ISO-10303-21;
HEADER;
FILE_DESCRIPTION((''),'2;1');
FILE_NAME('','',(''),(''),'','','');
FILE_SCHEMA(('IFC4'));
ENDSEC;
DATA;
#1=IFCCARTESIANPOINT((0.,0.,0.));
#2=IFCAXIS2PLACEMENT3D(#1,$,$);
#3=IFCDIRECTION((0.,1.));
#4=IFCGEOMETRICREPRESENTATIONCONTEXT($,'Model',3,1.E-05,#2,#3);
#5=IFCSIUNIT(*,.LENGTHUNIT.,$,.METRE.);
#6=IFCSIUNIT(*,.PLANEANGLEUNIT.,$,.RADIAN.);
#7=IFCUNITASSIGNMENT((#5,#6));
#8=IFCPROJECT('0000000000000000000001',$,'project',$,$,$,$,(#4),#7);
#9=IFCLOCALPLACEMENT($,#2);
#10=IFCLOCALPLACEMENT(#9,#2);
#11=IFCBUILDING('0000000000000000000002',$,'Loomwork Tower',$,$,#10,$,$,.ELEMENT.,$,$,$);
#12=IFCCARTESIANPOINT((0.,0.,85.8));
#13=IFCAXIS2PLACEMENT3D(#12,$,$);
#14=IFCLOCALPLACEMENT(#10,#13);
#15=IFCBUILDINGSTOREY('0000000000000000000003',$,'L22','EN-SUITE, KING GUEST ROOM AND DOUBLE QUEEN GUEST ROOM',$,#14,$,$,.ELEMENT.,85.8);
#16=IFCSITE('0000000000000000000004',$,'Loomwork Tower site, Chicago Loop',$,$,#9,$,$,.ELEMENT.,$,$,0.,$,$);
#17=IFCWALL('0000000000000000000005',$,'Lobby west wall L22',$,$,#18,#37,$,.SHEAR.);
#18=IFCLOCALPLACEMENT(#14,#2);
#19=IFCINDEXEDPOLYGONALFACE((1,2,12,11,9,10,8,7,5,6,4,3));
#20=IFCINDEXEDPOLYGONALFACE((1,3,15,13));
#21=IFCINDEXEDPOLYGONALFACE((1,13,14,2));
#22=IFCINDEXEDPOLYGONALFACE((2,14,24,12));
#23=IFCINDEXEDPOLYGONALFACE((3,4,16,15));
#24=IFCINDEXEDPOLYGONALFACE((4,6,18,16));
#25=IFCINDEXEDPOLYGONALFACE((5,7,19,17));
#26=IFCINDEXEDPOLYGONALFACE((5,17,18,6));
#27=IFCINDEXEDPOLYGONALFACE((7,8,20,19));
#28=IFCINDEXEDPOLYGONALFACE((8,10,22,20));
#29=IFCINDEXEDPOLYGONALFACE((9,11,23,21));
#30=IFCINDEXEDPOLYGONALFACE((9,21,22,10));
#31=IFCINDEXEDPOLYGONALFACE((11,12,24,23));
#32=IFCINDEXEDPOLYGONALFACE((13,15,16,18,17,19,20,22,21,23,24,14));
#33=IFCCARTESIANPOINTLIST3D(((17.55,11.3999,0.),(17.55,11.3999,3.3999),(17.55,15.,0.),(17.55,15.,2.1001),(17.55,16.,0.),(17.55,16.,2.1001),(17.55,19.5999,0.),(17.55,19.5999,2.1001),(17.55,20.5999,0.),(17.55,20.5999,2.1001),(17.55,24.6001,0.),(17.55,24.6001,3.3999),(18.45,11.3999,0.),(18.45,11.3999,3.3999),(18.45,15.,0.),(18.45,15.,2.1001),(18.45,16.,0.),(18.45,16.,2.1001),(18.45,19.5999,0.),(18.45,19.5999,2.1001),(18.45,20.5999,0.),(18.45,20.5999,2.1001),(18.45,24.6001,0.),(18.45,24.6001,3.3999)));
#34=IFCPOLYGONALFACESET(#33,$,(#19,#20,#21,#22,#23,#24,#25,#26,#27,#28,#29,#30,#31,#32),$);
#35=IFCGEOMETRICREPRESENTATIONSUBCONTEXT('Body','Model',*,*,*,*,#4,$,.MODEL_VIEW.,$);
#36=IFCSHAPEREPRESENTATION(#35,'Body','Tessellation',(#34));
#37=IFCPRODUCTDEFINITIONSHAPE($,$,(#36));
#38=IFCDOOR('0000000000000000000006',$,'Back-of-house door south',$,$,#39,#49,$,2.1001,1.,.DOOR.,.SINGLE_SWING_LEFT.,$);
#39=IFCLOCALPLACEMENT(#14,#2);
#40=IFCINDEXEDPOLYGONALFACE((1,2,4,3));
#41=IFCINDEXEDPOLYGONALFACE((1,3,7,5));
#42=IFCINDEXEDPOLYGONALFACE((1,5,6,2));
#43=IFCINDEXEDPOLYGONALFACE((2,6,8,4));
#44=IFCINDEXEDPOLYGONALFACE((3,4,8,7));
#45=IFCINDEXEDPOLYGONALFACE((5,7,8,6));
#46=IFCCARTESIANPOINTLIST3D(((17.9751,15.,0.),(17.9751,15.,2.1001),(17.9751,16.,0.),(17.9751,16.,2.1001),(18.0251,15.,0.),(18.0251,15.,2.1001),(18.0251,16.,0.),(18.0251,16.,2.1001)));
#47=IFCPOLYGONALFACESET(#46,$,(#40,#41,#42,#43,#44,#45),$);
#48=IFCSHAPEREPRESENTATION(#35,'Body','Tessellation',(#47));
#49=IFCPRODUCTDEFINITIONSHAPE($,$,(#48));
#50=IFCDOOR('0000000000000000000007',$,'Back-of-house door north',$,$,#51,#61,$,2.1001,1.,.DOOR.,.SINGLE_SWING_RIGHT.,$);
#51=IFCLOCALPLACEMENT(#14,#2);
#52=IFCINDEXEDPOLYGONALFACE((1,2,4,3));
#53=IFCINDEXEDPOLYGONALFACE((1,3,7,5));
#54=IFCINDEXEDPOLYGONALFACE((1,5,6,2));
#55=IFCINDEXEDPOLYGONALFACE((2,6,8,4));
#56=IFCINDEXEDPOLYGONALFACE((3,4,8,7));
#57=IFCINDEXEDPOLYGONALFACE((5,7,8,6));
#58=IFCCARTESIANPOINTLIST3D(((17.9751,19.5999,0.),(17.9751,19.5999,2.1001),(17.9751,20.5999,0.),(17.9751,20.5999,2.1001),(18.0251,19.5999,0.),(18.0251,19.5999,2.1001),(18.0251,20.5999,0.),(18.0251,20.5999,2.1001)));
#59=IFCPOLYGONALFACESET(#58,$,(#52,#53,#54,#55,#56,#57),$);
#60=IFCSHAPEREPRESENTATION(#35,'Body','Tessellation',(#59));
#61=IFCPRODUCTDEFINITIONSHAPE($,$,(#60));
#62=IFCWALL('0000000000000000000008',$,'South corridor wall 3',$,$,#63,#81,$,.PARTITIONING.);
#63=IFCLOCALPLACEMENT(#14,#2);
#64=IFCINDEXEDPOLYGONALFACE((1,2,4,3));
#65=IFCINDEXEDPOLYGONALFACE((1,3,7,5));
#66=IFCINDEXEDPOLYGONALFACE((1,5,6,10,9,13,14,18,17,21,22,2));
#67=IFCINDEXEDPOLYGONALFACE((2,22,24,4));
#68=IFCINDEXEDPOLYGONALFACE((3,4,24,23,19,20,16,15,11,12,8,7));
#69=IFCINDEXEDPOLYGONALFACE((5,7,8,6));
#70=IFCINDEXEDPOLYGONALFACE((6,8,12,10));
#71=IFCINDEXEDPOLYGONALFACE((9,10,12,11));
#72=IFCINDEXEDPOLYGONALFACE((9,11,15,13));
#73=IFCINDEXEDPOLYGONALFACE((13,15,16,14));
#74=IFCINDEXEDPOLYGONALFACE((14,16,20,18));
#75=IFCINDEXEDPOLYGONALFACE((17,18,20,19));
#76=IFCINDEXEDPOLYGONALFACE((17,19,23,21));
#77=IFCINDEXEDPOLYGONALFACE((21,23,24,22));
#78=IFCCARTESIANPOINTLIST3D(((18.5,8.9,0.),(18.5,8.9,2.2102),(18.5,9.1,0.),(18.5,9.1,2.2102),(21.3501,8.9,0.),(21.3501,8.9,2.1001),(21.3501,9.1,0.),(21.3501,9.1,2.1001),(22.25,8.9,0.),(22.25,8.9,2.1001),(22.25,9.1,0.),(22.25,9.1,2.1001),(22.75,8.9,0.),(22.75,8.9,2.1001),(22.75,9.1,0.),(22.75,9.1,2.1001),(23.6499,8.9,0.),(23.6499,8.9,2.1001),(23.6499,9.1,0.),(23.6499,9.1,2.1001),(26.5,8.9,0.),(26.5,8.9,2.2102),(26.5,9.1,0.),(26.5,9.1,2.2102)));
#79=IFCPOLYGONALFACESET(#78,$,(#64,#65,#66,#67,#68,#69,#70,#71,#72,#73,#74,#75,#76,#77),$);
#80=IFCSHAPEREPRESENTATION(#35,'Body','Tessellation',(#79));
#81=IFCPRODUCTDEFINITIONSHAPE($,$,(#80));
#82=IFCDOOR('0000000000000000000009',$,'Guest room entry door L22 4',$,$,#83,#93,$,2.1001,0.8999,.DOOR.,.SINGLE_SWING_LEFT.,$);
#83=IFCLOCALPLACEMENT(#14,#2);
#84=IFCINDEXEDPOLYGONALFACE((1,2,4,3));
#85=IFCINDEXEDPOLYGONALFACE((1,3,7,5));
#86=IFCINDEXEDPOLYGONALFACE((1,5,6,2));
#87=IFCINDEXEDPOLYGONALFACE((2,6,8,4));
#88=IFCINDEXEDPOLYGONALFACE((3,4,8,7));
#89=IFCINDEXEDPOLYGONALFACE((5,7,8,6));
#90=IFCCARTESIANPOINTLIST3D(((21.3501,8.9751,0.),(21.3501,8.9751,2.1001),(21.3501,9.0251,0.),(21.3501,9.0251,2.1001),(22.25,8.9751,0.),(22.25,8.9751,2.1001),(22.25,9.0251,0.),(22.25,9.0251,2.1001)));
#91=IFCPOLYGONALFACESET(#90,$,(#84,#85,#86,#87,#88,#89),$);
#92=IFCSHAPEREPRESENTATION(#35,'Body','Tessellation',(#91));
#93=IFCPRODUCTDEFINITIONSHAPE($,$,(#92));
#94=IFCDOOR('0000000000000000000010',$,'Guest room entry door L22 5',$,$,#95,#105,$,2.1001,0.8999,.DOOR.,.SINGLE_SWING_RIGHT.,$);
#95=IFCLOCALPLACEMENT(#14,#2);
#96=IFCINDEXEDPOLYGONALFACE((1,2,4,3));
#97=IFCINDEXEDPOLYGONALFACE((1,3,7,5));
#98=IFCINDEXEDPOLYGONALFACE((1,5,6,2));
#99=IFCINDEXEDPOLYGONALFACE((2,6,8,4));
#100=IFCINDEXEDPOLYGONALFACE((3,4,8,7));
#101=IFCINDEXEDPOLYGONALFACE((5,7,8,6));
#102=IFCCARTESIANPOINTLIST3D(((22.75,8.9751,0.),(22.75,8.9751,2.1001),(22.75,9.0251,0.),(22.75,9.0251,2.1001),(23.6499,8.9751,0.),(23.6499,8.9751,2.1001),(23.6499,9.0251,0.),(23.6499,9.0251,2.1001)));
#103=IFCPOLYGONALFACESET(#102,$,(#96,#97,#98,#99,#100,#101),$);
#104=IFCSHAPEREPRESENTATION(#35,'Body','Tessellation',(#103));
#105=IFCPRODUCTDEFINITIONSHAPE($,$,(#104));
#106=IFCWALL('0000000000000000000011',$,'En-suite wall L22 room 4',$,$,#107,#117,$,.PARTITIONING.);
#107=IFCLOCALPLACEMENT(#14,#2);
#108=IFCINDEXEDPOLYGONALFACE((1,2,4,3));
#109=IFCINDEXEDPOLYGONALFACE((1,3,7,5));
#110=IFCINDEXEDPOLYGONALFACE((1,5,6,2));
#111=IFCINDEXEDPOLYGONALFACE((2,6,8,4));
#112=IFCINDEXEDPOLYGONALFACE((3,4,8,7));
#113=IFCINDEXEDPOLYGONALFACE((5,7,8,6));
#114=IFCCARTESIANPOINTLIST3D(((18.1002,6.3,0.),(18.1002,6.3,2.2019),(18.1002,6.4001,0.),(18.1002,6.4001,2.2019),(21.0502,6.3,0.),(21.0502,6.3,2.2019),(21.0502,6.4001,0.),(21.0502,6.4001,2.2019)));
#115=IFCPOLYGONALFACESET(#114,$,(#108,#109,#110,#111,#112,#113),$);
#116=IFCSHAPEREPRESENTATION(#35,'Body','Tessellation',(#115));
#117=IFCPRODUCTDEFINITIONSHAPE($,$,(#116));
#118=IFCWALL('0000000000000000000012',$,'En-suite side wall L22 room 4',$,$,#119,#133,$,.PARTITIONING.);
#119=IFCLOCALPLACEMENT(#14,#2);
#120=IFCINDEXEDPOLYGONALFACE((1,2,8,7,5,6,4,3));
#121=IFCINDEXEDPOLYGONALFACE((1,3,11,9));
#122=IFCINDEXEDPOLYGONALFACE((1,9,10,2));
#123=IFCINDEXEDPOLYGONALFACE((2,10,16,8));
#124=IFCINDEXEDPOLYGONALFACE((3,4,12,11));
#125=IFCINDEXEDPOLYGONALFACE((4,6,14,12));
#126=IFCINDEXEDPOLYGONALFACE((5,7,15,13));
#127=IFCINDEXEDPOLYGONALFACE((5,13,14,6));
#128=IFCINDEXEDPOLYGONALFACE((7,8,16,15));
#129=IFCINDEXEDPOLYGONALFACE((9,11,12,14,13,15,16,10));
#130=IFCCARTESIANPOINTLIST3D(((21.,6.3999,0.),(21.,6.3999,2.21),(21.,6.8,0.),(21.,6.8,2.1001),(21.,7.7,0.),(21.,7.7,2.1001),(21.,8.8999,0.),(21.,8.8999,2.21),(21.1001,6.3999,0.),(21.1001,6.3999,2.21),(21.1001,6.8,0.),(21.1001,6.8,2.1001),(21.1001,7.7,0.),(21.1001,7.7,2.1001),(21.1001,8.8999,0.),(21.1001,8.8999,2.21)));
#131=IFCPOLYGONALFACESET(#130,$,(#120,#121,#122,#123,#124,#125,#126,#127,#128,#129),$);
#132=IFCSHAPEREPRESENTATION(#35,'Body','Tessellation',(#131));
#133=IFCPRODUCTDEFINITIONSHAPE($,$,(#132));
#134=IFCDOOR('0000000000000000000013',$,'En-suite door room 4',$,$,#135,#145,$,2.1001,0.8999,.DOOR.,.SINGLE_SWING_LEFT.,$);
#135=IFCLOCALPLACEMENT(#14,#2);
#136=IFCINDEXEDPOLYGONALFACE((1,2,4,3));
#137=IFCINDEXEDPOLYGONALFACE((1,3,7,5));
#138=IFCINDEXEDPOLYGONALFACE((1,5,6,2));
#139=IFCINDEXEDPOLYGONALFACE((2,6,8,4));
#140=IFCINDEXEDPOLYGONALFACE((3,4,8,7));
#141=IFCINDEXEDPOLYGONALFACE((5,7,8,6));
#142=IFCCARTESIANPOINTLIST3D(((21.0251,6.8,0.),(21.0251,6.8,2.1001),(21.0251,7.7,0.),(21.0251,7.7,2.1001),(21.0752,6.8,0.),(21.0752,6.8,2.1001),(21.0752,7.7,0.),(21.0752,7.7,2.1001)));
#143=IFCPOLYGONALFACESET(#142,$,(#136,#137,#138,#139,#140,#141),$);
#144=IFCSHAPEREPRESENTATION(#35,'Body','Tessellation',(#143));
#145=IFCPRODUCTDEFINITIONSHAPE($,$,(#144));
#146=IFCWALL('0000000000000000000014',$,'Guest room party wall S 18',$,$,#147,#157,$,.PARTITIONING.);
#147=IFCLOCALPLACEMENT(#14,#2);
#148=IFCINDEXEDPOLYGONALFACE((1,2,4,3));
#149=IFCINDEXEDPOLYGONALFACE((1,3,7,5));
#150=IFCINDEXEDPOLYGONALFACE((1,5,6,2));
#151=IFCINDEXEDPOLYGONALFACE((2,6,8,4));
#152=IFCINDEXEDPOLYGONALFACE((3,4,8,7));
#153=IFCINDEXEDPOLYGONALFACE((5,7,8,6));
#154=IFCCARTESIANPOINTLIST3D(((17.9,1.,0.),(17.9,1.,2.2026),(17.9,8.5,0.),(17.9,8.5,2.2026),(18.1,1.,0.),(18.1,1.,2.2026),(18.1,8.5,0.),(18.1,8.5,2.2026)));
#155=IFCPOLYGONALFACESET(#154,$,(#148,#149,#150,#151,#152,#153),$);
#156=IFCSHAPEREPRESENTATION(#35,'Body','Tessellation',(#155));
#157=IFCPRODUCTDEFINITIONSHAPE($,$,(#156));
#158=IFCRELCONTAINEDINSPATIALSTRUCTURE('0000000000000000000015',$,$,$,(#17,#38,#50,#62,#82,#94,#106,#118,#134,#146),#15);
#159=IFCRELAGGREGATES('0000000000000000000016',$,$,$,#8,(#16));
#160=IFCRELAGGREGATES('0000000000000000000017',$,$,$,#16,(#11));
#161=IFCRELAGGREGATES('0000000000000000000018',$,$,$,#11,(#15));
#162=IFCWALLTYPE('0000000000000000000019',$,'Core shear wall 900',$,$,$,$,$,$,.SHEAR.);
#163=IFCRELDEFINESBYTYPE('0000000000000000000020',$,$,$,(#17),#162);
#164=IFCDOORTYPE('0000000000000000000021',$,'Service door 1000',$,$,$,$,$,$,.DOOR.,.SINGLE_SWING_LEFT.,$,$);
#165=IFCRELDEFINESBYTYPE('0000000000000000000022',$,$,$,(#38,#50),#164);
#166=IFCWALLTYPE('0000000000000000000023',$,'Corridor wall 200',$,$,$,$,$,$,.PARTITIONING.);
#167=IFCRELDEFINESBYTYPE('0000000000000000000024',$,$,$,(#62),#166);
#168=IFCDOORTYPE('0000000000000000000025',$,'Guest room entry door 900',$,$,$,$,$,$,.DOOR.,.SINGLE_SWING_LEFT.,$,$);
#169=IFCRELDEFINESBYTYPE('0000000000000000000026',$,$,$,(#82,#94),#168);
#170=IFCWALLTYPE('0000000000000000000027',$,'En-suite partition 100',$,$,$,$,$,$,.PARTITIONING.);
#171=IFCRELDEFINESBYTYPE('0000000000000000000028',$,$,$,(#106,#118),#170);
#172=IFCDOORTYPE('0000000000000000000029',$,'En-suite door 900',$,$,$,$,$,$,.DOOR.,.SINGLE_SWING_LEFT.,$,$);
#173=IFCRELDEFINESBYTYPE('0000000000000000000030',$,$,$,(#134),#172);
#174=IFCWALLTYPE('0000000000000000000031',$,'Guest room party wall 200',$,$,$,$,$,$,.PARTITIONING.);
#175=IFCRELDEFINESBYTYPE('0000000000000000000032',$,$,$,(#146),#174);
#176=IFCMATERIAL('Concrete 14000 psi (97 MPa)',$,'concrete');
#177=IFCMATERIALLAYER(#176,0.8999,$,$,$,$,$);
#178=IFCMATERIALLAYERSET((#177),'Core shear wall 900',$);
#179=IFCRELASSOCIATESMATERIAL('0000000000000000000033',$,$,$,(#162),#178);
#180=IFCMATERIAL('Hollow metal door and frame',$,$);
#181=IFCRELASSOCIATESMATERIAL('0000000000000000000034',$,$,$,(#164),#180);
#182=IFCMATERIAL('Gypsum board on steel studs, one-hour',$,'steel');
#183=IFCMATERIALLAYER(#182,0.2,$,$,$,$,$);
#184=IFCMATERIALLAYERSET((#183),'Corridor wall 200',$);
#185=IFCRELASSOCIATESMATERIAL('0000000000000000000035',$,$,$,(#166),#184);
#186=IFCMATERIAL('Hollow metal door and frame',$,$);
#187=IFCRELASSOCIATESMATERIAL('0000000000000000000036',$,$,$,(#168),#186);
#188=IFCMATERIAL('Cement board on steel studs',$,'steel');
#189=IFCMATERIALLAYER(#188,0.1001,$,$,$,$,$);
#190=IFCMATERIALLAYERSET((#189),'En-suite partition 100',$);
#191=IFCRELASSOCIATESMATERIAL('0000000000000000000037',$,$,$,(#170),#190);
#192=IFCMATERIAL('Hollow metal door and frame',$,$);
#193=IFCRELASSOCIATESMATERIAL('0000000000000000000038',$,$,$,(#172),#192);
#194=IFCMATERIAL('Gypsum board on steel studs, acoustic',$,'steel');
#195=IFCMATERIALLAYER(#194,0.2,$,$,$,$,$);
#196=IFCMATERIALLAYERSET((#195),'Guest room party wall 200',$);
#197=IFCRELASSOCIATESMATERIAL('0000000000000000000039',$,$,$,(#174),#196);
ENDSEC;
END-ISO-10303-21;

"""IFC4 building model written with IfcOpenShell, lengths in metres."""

from ifc_helpers import new_model, si_unit, direction, frame, frame_2d, origin, place, context, subcontext, project, spatial, rectangle, extrude, material, layer, layer_set, type_object, element, fill, save


model = new_model("IFC4")

# Units and contexts
model_context = context("Model", 3, precision=1e-05, world=origin(), true_north=direction((0.0, 1.0)))
body_context = subcontext(model_context, "Body", "Model", "MODEL_VIEW")
ifc_project = project(units=[si_unit("LENGTHUNIT", "METRE"), si_unit("PLANEANGLEUNIT", "RADIAN")], contexts=[model_context])

# Site, building, storey
site_placement = place(None, origin())
site = spatial("IfcSite", under=ifc_project, at=site_placement, Name="Loomwork Tower site, Chicago Loop", CompositionType="ELEMENT", RefElevation=0.0)
building_placement = place(site_placement, origin())
building = spatial("IfcBuilding", under=site, at=building_placement, Name="Loomwork Tower", CompositionType="ELEMENT")
storey_placement = place(building_placement, frame((0.0, 0.0, 85.8)))
storey = spatial("IfcBuildingStorey", under=building, at=storey_placement, Name="L22", Description="EN-SUITE, KING GUEST ROOM AND DOUBLE QUEEN GUEST ROOM", CompositionType="ELEMENT", Elevation=85.8)

# Walls, openings, doors
ifc_material_1 = material(Name="Concrete 14000 psi (97 MPa)", Category="concrete")
ifc_layer_1 = layer(ifc_material_1, 0.8999)
ifc_layer_set_1 = layer_set([ifc_layer_1], Name="Core shear wall 900")
wall_type_1 = type_object("IfcWallType", Name="Core shear wall 900", PredefinedType="SHEAR", material=ifc_layer_set_1)
wall_1_placement = place(storey_placement, frame((18.0, 11.3999, 0.0), z_axis=(0.0, 0.0, 1.0), x_axis=(0.0, 1.0, 0.0)))
wall_1 = element("IfcWall", 1, at=wall_1_placement, inside=storey, type_object=wall_type_1, Name="Lobby west wall L22", PredefinedType="SHEAR", context=body_context, shape_type="SweptSolid", body=[
    extrude(rectangle(XDim=13.2002, YDim=0.8999, at=frame_2d((6.6001, 0.0))), origin(), (0.0, 0.0, 1.0), 3.3999),
])
opening_1_placement = place(wall_1_placement, frame((3.6001, 0.0, 0.0)))
opening_1 = element("IfcOpeningElement", 2, at=opening_1_placement, cuts=wall_1, PredefinedType="OPENING", context=body_context, shape_type="SweptSolid", body=[
    extrude(rectangle(XDim=1.0, YDim=2.1001, at=frame_2d((0.5, 1.05))), frame((0.0, 0.46, 0.0), z_axis=(0.0, -1.0, 0.0), x_axis=(1.0, 0.0, 0.0)), (0.0, 0.0, 1.0), 0.9199),
])
opening_2_placement = place(wall_1_placement, frame((8.2, 0.0, 0.0)))
opening_2 = element("IfcOpeningElement", 3, at=opening_2_placement, cuts=wall_1, PredefinedType="OPENING", context=body_context, shape_type="SweptSolid", body=[
    extrude(rectangle(XDim=1.0, YDim=2.1001, at=frame_2d((0.5, 1.05))), frame((0.0, 0.46, 0.0), z_axis=(0.0, -1.0, 0.0), x_axis=(1.0, 0.0, 0.0)), (0.0, 0.0, 1.0), 0.9199),
])
ifc_material_2 = material(Name="Hollow metal door and frame")
door_type_1 = type_object("IfcDoorType", Name="Service door 1000", OperationType="SINGLE_SWING_LEFT", PredefinedType="DOOR", material=ifc_material_2)
door_1_placement = place(opening_1_placement, origin())
door_1 = element("IfcDoor", 4, at=door_1_placement, inside=storey, type_object=door_type_1, Name="Back-of-house door south", OperationType="SINGLE_SWING_LEFT", OverallHeight=2.1001, OverallWidth=1.0, PredefinedType="DOOR", context=body_context, shape_type="SweptSolid", body=[
    extrude(rectangle(XDim=1.0, YDim=2.1001, at=frame_2d((0.5, 1.05))), frame((0.0, 0.0249, 0.0), z_axis=(0.0, -1.0, 0.0), x_axis=(1.0, 0.0, 0.0)), (0.0, 0.0, 1.0), 0.05),
])
fill(opening_1, door_1)
door_2_placement = place(opening_2_placement, origin())
door_2 = element("IfcDoor", 5, at=door_2_placement, inside=storey, type_object=door_type_1, Name="Back-of-house door north", OperationType="SINGLE_SWING_RIGHT", OverallHeight=2.1001, OverallWidth=1.0, PredefinedType="DOOR", context=body_context, shape_type="SweptSolid", body=[
    extrude(rectangle(XDim=1.0, YDim=2.1001, at=frame_2d((0.5, 1.05))), frame((0.0, 0.0249, 0.0), z_axis=(0.0, -1.0, 0.0), x_axis=(1.0, 0.0, 0.0)), (0.0, 0.0, 1.0), 0.05),
])
fill(opening_2, door_2)
ifc_material_3 = material(Name="Gypsum board on steel studs, one-hour", Category="steel")
ifc_layer_2 = layer(ifc_material_3, 0.2)
ifc_layer_set_2 = layer_set([ifc_layer_2], Name="Corridor wall 200")
wall_type_2 = type_object("IfcWallType", Name="Corridor wall 200", PredefinedType="PARTITIONING", material=ifc_layer_set_2)
wall_2_placement = place(storey_placement, frame((18.5, 9.0, 0.0), z_axis=(0.0, 0.0, 1.0), x_axis=(1.0, 0.0, 0.0)))
wall_2 = element("IfcWall", 6, at=wall_2_placement, inside=storey, type_object=wall_type_2, Name="South corridor wall 3", PredefinedType="PARTITIONING", context=body_context, shape_type="SweptSolid", body=[
    extrude(rectangle(XDim=8.0, YDim=0.2, at=frame_2d((4.0, 0.0))), origin(), (0.0, 0.0, 1.0), 2.2102),
])
opening_3_placement = place(wall_2_placement, frame((2.8501, 0.0, 0.0)))
opening_3 = element("IfcOpeningElement", 7, at=opening_3_placement, cuts=wall_2, PredefinedType="OPENING", context=body_context, shape_type="SweptSolid", body=[
    extrude(rectangle(XDim=0.8999, YDim=2.1001, at=frame_2d((0.45, 1.05))), frame((0.0, 0.1099, 0.0), z_axis=(0.0, -1.0, 0.0), x_axis=(1.0, 0.0, 0.0)), (0.0, 0.0, 1.0), 0.22),
])
opening_4_placement = place(wall_2_placement, frame((4.25, 0.0, 0.0)))
opening_4 = element("IfcOpeningElement", 8, at=opening_4_placement, cuts=wall_2, PredefinedType="OPENING", context=body_context, shape_type="SweptSolid", body=[
    extrude(rectangle(XDim=0.8999, YDim=2.1001, at=frame_2d((0.45, 1.05))), frame((0.0, 0.1099, 0.0), z_axis=(0.0, -1.0, 0.0), x_axis=(1.0, 0.0, 0.0)), (0.0, 0.0, 1.0), 0.22),
])
ifc_material_4 = material(Name="Hollow metal door and frame")
door_type_2 = type_object("IfcDoorType", Name="Guest room entry door 900", OperationType="SINGLE_SWING_LEFT", PredefinedType="DOOR", material=ifc_material_4)
door_3_placement = place(opening_3_placement, frame((0.8999, 0.0, 0.0), z_axis=(0.0, 0.0, 1.0), x_axis=(-1.0, 0.0, 0.0)))
door_3 = element("IfcDoor", 9, at=door_3_placement, inside=storey, type_object=door_type_2, Name="Guest room entry door L22 4", OperationType="SINGLE_SWING_LEFT", OverallHeight=2.1001, OverallWidth=0.8999, PredefinedType="DOOR", context=body_context, shape_type="SweptSolid", body=[
    extrude(rectangle(XDim=0.8999, YDim=2.1001, at=frame_2d((0.45, 1.05))), frame((0.0, 0.0249, 0.0), z_axis=(0.0, -1.0, 0.0), x_axis=(1.0, 0.0, 0.0)), (0.0, 0.0, 1.0), 0.05),
])
fill(opening_3, door_3)
door_4_placement = place(opening_4_placement, frame((0.8999, 0.0, 0.0), z_axis=(0.0, 0.0, 1.0), x_axis=(-1.0, 0.0, 0.0)))
door_4 = element("IfcDoor", 10, at=door_4_placement, inside=storey, type_object=door_type_2, Name="Guest room entry door L22 5", OperationType="SINGLE_SWING_RIGHT", OverallHeight=2.1001, OverallWidth=0.8999, PredefinedType="DOOR", context=body_context, shape_type="SweptSolid", body=[
    extrude(rectangle(XDim=0.8999, YDim=2.1001, at=frame_2d((0.45, 1.05))), frame((0.0, 0.0249, 0.0), z_axis=(0.0, -1.0, 0.0), x_axis=(1.0, 0.0, 0.0)), (0.0, 0.0, 1.0), 0.05),
])
fill(opening_4, door_4)

# Wall
ifc_material_5 = material(Name="Cement board on steel studs", Category="steel")
ifc_layer_3 = layer(ifc_material_5, 0.1001)
ifc_layer_set_3 = layer_set([ifc_layer_3], Name="En-suite partition 100")
wall_type_3 = type_object("IfcWallType", Name="En-suite partition 100", PredefinedType="PARTITIONING", material=ifc_layer_set_3)
wall_3_placement = place(storey_placement, frame((18.1001, 6.3501, 0.0), z_axis=(0.0, 0.0, 1.0), x_axis=(1.0, 0.0, 0.0)))
element("IfcWall", 11, at=wall_3_placement, inside=storey, type_object=wall_type_3, Name="En-suite wall L22 room 4", PredefinedType="PARTITIONING", context=body_context, shape_type="SweptSolid", body=[
    extrude(rectangle(XDim=2.95, YDim=0.1001, at=frame_2d((1.4751, 0.0))), origin(), (0.0, 0.0, 1.0), 2.2019),
])

# Wall, opening, door
wall_4_placement = place(storey_placement, frame((21.05, 8.8999, 0.0), z_axis=(0.0, 0.0, 1.0), x_axis=(0.0, -1.0, 0.0)))
wall_4 = element("IfcWall", 12, at=wall_4_placement, inside=storey, type_object=wall_type_3, Name="En-suite side wall L22 room 4", PredefinedType="PARTITIONING", context=body_context, shape_type="SweptSolid", body=[
    extrude(rectangle(XDim=2.5, YDim=0.1001, at=frame_2d((1.25, 0.0))), origin(), (0.0, 0.0, 1.0), 2.21),
])
opening_5_placement = place(wall_4_placement, frame((1.2, 0.0, 0.0)))
opening_5 = element("IfcOpeningElement", 13, at=opening_5_placement, cuts=wall_4, PredefinedType="OPENING", context=body_context, shape_type="SweptSolid", body=[
    extrude(rectangle(XDim=0.8999, YDim=2.1001, at=frame_2d((0.45, 1.05))), frame((0.0, 0.0601, 0.0), z_axis=(0.0, -1.0, 0.0), x_axis=(1.0, 0.0, 0.0)), (0.0, 0.0, 1.0), 0.1201),
])
ifc_material_6 = material(Name="Hollow metal door and frame")
door_type_3 = type_object("IfcDoorType", Name="En-suite door 900", OperationType="SINGLE_SWING_LEFT", PredefinedType="DOOR", material=ifc_material_6)
door_5_placement = place(opening_5_placement, frame((0.8999, 0.0, 0.0), z_axis=(0.0, 0.0, 1.0), x_axis=(-1.0, 0.0, 0.0)))
door_5 = element("IfcDoor", 14, at=door_5_placement, inside=storey, type_object=door_type_3, Name="En-suite door room 4", OperationType="SINGLE_SWING_LEFT", OverallHeight=2.1001, OverallWidth=0.8999, PredefinedType="DOOR", context=body_context, shape_type="SweptSolid", body=[
    extrude(rectangle(XDim=0.8999, YDim=2.1001, at=frame_2d((0.45, 1.05))), frame((0.0, 0.0249, 0.0), z_axis=(0.0, -1.0, 0.0), x_axis=(1.0, 0.0, 0.0)), (0.0, 0.0, 1.0), 0.05),
])
fill(opening_5, door_5)

# Wall
ifc_material_7 = material(Name="Gypsum board on steel studs, acoustic", Category="steel")
ifc_layer_4 = layer(ifc_material_7, 0.2)
ifc_layer_set_4 = layer_set([ifc_layer_4], Name="Guest room party wall 200")
wall_type_4 = type_object("IfcWallType", Name="Guest room party wall 200", PredefinedType="PARTITIONING", material=ifc_layer_set_4)
wall_5_placement = place(storey_placement, frame((18.0, 8.5, 0.0), z_axis=(0.0, 0.0, 1.0), x_axis=(0.0, -1.0, 0.0)))
element("IfcWall", 15, at=wall_5_placement, inside=storey, type_object=wall_type_4, Name="Guest room party wall S 18", PredefinedType="PARTITIONING", context=body_context, shape_type="SweptSolid", body=[
    extrude(rectangle(XDim=7.5, YDim=0.2, at=frame_2d((3.75, 0.0))), origin(), (0.0, 0.0, 1.0), 2.2026),
])

save(model, "model.ifc")
